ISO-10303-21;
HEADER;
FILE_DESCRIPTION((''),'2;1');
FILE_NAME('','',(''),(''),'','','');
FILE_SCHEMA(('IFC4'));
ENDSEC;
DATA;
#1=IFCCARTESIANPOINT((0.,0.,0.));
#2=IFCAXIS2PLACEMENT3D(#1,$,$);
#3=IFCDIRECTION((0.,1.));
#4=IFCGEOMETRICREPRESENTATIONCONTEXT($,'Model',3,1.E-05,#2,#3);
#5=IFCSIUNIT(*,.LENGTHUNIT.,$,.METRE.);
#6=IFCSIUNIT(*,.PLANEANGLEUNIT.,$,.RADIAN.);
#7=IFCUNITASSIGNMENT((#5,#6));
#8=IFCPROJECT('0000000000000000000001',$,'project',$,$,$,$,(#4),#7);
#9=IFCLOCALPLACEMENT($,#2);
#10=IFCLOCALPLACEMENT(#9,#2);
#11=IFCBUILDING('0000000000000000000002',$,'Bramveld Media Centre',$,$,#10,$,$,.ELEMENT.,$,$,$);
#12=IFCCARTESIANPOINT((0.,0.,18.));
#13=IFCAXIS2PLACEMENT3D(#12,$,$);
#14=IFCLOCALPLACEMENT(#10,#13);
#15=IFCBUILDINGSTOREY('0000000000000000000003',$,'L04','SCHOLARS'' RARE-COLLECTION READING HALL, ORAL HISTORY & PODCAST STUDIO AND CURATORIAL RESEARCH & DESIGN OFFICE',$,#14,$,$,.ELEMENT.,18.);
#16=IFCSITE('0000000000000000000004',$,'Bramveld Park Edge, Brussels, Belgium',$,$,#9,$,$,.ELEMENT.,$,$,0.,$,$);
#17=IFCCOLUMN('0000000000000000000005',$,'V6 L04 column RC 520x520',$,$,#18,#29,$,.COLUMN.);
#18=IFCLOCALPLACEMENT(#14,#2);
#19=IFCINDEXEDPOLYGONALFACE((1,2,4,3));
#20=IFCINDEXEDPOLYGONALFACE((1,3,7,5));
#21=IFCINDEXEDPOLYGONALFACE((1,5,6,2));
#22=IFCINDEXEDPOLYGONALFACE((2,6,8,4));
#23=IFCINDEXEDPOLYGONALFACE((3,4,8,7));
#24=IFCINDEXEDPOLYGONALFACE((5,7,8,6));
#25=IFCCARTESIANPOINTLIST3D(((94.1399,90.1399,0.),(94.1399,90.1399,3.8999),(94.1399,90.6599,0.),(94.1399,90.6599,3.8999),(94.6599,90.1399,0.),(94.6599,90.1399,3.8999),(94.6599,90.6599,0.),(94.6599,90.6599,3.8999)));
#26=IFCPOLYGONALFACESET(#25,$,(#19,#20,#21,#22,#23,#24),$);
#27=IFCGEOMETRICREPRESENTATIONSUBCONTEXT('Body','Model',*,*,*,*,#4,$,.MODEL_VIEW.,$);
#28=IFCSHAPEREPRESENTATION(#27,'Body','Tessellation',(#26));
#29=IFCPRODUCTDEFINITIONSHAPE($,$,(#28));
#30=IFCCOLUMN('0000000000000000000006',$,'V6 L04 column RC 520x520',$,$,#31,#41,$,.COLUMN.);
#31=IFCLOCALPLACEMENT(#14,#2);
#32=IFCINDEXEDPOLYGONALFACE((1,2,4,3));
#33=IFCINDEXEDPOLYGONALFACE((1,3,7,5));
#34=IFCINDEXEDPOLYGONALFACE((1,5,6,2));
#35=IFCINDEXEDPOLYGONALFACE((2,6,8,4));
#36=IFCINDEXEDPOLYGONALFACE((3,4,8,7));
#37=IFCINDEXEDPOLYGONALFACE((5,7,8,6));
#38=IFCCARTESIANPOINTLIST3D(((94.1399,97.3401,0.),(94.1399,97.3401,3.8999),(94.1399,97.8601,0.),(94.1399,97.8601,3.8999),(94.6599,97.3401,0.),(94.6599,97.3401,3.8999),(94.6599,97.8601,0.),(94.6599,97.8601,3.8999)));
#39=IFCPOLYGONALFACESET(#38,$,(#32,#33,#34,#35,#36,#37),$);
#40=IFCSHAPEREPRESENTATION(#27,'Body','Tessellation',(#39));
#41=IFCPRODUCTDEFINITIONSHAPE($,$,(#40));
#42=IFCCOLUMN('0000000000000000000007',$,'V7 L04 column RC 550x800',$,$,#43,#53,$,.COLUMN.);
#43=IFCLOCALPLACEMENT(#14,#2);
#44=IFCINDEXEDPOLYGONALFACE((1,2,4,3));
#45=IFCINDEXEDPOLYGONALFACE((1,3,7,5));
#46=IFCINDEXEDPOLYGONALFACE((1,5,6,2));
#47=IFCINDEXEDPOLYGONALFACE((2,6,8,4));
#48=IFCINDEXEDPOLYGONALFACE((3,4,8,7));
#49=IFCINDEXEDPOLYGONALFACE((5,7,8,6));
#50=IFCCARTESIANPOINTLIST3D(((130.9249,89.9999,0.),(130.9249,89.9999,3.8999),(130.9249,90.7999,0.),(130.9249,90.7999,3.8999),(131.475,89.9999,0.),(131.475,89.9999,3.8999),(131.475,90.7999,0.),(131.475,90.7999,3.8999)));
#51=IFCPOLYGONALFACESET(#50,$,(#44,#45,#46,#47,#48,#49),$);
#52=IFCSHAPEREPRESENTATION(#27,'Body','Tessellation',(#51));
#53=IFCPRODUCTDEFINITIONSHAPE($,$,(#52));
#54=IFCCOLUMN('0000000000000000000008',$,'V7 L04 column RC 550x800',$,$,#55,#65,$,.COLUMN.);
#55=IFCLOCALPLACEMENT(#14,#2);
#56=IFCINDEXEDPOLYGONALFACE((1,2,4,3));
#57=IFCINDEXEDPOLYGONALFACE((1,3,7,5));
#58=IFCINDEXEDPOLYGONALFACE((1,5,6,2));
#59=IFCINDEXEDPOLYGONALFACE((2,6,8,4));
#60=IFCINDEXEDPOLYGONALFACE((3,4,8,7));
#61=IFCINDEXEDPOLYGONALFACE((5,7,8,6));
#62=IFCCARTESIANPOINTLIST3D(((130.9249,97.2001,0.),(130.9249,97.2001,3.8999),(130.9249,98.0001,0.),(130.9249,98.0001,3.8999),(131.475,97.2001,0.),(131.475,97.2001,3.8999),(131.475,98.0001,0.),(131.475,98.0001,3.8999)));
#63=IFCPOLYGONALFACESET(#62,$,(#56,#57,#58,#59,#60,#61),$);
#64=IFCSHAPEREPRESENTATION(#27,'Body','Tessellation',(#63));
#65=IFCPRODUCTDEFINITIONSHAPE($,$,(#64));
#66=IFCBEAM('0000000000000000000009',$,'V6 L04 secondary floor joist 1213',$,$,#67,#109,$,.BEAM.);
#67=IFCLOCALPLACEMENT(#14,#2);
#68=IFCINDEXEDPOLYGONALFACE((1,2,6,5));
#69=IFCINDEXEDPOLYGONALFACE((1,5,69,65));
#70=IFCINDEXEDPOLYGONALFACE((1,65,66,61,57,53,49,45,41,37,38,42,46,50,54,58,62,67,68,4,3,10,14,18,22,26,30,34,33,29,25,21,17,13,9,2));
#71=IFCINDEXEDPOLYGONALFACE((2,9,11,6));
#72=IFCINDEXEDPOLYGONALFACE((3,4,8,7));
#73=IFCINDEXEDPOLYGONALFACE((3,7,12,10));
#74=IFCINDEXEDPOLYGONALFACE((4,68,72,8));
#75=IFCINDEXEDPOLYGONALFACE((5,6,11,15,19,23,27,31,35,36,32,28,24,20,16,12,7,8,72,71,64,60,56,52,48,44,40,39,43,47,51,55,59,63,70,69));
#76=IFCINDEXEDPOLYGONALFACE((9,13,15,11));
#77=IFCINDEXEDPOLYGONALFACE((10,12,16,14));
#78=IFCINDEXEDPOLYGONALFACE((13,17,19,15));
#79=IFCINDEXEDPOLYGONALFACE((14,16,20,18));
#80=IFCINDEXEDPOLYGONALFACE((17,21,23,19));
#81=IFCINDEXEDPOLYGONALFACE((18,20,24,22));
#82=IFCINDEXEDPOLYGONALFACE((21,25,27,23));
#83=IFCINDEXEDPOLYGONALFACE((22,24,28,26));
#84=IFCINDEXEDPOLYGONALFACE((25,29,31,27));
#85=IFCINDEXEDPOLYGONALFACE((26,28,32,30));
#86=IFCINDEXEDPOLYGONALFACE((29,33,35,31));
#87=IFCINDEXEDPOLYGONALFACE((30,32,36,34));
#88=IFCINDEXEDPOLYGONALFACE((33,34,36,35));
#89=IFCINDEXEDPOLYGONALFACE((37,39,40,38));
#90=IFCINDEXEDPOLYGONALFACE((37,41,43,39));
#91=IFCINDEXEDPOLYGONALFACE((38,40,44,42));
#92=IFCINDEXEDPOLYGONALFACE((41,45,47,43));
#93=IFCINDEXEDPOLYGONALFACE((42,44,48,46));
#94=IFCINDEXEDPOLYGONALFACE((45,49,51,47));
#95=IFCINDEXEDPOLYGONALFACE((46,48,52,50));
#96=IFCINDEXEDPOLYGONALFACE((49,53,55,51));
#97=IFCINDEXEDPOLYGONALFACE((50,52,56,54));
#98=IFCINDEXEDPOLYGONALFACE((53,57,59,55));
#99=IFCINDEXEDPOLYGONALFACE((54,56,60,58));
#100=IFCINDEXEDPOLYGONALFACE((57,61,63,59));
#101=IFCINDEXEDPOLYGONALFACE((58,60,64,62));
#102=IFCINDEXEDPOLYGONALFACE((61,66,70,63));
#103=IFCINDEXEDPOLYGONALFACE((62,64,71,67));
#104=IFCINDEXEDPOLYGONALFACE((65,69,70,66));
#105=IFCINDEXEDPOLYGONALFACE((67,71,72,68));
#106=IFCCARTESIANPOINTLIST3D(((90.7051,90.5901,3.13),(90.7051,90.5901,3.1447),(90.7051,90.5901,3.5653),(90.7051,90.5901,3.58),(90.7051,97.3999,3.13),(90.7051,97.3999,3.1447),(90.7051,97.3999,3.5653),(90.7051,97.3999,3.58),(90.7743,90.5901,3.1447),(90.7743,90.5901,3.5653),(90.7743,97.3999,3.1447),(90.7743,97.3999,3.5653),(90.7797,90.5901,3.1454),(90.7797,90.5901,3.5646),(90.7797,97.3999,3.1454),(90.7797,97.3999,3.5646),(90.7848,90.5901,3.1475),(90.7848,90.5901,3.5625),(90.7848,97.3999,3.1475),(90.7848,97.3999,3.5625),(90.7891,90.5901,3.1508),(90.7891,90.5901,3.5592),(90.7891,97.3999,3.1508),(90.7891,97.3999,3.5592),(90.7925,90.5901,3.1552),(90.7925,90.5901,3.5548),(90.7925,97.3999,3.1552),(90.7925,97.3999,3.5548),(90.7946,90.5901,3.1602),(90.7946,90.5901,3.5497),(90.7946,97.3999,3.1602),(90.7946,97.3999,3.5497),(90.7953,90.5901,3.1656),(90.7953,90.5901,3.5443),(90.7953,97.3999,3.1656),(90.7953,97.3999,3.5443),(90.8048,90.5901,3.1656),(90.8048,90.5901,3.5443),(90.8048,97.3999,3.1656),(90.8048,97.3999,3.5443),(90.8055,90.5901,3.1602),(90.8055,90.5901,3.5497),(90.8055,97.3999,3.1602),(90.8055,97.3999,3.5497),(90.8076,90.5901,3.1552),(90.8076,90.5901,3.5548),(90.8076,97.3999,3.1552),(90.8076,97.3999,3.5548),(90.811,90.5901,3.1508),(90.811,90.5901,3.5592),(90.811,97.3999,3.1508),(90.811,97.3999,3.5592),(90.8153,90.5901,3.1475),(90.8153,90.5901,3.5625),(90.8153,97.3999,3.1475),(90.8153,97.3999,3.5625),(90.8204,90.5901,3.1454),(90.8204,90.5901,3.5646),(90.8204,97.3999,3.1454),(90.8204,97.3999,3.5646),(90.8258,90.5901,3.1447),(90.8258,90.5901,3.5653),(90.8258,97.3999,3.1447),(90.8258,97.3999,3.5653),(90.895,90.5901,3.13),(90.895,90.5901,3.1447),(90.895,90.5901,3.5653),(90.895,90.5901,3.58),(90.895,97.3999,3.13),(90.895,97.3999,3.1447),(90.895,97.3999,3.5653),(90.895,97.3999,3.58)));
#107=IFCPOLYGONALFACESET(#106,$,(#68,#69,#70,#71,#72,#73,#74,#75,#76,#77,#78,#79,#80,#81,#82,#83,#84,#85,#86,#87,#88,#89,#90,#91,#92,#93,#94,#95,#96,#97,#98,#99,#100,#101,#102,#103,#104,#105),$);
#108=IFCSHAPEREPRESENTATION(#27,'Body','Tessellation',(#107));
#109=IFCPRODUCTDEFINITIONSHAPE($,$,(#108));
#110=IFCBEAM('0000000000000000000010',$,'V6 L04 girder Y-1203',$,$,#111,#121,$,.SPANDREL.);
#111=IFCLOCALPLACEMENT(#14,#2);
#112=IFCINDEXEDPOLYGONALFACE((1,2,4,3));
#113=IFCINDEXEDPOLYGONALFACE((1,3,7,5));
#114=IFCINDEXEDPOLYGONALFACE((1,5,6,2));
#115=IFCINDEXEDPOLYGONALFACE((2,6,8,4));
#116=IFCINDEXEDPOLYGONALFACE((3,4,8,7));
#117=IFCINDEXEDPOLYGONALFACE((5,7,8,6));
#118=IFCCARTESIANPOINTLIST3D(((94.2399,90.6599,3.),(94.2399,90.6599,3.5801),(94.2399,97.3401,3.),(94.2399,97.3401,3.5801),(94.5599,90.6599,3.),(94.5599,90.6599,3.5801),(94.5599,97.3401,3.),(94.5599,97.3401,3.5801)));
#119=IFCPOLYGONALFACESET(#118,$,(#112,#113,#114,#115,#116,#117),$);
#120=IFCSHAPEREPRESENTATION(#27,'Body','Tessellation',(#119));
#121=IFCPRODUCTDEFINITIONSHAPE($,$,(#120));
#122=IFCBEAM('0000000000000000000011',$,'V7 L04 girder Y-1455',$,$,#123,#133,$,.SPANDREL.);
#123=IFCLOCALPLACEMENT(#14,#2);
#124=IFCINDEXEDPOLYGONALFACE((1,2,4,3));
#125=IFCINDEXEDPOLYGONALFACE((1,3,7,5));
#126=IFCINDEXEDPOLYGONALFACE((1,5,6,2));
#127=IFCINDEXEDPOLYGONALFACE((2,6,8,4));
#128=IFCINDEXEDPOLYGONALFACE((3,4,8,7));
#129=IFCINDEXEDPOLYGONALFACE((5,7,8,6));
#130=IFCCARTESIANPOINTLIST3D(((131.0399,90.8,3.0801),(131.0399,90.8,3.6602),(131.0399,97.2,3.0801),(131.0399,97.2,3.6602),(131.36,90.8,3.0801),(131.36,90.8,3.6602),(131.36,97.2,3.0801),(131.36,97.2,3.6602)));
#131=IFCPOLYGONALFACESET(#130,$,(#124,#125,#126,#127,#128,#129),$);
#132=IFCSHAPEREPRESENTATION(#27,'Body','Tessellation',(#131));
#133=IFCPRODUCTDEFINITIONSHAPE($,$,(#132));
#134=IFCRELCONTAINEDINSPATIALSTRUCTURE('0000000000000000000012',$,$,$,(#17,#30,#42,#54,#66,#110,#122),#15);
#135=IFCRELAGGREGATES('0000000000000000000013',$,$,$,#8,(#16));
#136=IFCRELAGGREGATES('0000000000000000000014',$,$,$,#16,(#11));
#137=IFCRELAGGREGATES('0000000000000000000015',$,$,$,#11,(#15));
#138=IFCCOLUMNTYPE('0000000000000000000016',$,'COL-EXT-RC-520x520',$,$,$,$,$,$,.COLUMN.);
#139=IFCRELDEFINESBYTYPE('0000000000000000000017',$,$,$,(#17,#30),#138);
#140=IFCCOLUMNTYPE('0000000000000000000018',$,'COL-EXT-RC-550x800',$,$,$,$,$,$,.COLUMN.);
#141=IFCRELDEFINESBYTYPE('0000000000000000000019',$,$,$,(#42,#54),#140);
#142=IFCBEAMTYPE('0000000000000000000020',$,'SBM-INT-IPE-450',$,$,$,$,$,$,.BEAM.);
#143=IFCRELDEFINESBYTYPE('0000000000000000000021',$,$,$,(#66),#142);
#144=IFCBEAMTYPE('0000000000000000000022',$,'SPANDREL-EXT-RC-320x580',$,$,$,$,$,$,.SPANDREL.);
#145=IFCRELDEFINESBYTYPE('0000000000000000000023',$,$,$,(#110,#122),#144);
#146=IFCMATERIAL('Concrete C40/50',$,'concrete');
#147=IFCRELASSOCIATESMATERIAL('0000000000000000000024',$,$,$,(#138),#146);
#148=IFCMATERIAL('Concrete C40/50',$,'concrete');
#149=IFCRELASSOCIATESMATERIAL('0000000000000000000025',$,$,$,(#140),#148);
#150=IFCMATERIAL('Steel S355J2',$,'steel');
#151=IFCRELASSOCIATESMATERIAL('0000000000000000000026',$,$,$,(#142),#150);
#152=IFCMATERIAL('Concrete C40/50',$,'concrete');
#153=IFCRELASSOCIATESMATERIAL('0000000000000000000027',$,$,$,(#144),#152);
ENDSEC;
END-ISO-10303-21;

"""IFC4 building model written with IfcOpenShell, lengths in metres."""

from ifc_helpers import new_model, si_unit, direction, frame, origin, origin_2d, place, context, subcontext, project, spatial, rectangle, i_section, extrude, material, material_profile, profile_set, type_object, element, save


model = new_model("IFC4")

# Units and contexts
model_context = context("Model", 3, precision=1e-05, world=origin(), true_north=direction((0.0, 1.0)))
body_context = subcontext(model_context, "Body", "Model", "MODEL_VIEW")
ifc_project = project(units=[si_unit("LENGTHUNIT", "METRE"), si_unit("PLANEANGLEUNIT", "RADIAN")], contexts=[model_context])

# Site, building, storey
site_placement = place(None, origin())
site = spatial("IfcSite", under=ifc_project, at=site_placement, Name="Bramveld Park Edge, Brussels, Belgium", CompositionType="ELEMENT", RefElevation=0.0)
building_placement = place(site_placement, origin())
building = spatial("IfcBuilding", under=site, at=building_placement, Name="Bramveld Media Centre", CompositionType="ELEMENT")
storey_placement = place(building_placement, frame((0.0, 0.0, 18.0)))
storey = spatial("IfcBuildingStorey", under=building, at=storey_placement, Name="L04", Description="SCHOLARS' RARE-COLLECTION READING HALL, ORAL HISTORY & PODCAST STUDIO AND CURATORIAL RESEARCH & DESIGN OFFICE", CompositionType="ELEMENT", Elevation=18.0)

# Columns
ifc_material_1 = material(Name="Concrete C40/50", Category="concrete")
ifc_material_profile_1 = material_profile(ifc_material_1, rectangle(XDim=0.52, YDim=0.52, at=origin_2d()), Name="RC 520x520")
ifc_profile_set_1 = profile_set([ifc_material_profile_1], Name="Concrete C40/50")
column_type_1 = type_object("IfcColumnType", Name="COL-EXT-RC-520x520", PredefinedType="COLUMN", material=ifc_profile_set_1)
for number, where, z_axis, x_axis, name in (
    (1, (94.3999, 90.3999, 0.0), (0.0, 0.0, 1.0), (1.0, 0.0, 0.0), "V6 L04 column RC 520x520"),
    (2, (94.3999, 97.6001, 0.0), (0.0, 0.0, 1.0), (1.0, 0.0, 0.0), "V6 L04 column RC 520x520"),
):
    element("IfcColumn", number, at=place(storey_placement, frame(where, z_axis=z_axis, x_axis=x_axis)), inside=storey, type_object=column_type_1, Name=name, PredefinedType="COLUMN", context=body_context, shape_type="SweptSolid", body=[
        extrude(rectangle(XDim=0.52, YDim=0.52, at=origin_2d()), origin(), (0.0, 0.0, 1.0), 3.8999),
    ])
ifc_material_2 = material(Name="Concrete C40/50", Category="concrete")
ifc_material_profile_2 = material_profile(ifc_material_2, rectangle(XDim=0.55, YDim=0.8, at=origin_2d()), Name="RC 550x800")
ifc_profile_set_2 = profile_set([ifc_material_profile_2], Name="Concrete C40/50")
column_type_2 = type_object("IfcColumnType", Name="COL-EXT-RC-550x800", PredefinedType="COLUMN", material=ifc_profile_set_2)
for number, where, z_axis, x_axis, name in (
    (3, (131.2, 90.3999, 0.0), (0.0, 0.0, 1.0), (1.0, 0.0, 0.0), "V7 L04 column RC 550x800"),
    (4, (131.2, 97.6001, 0.0), (0.0, 0.0, 1.0), (1.0, 0.0, 0.0), "V7 L04 column RC 550x800"),
):
    element("IfcColumn", number, at=place(storey_placement, frame(where, z_axis=z_axis, x_axis=x_axis)), inside=storey, type_object=column_type_2, Name=name, PredefinedType="COLUMN", context=body_context, shape_type="SweptSolid", body=[
        extrude(rectangle(XDim=0.55, YDim=0.8, at=origin_2d()), origin(), (0.0, 0.0, 1.0), 3.8999),
    ])

# Beams
ifc_material_3 = material(Name="Steel S355J2", Category="steel")
ifc_material_profile_3 = material_profile(ifc_material_3, i_section(OverallWidth=0.1899, OverallDepth=0.45, WebThickness=0.0095, FlangeThickness=0.0146, FilletRadius=0.021, at=origin_2d()), Name="IPE 450")
ifc_profile_set_3 = profile_set([ifc_material_profile_3], Name="Steel S355J2")
beam_type_1 = type_object("IfcBeamType", Name="SBM-INT-IPE-450", PredefinedType="BEAM", material=ifc_profile_set_3)
beam_1_placement = place(storey_placement, frame((90.8, 90.5901, 3.355), z_axis=(0.0, 1.0, 0.0), x_axis=(-1.0, 0.0, 0.0)))
element("IfcBeam", 5, at=beam_1_placement, inside=storey, type_object=beam_type_1, Name="V6 L04 secondary floor joist 1213", PredefinedType="BEAM", context=body_context, shape_type="SweptSolid", body=[
    extrude(i_section(OverallWidth=0.1899, OverallDepth=0.45, WebThickness=0.0095, FlangeThickness=0.0146, FilletRadius=0.021, at=origin_2d()), origin(), (0.0, 0.0, 1.0), 6.8098),
])
ifc_material_4 = material(Name="Concrete C40/50", Category="concrete")
ifc_material_profile_4 = material_profile(ifc_material_4, rectangle(XDim=0.3201, YDim=0.5801, at=origin_2d()), Name="RC 320x580")
ifc_profile_set_4 = profile_set([ifc_material_profile_4], Name="Concrete C40/50")
beam_type_2 = type_object("IfcBeamType", Name="SPANDREL-EXT-RC-320x580", PredefinedType="SPANDREL", material=ifc_profile_set_4)
beam_2_placement = place(storey_placement, frame((94.3999, 90.6599, 3.29), z_axis=(0.0, 1.0, 0.0), x_axis=(-1.0, 0.0, 0.0)))
element("IfcBeam", 6, at=beam_2_placement, inside=storey, type_object=beam_type_2, Name="V6 L04 girder Y-1203", PredefinedType="SPANDREL", context=body_context, shape_type="SweptSolid", body=[
    extrude(rectangle(XDim=0.3201, YDim=0.5801, at=origin_2d()), origin(), (0.0, 0.0, 1.0), 6.6802),
])
beam_3_placement = place(storey_placement, frame((131.2, 90.8, 3.3701), z_axis=(0.0, 1.0, 0.0), x_axis=(-1.0, 0.0, 0.0)))
element("IfcBeam", 7, at=beam_3_placement, inside=storey, type_object=beam_type_2, Name="V7 L04 girder Y-1455", PredefinedType="SPANDREL", context=body_context, shape_type="SweptSolid", body=[
    extrude(rectangle(XDim=0.3201, YDim=0.5801, at=origin_2d()), origin(), (0.0, 0.0, 1.0), 6.3999),
])

save(model, "model.ifc")
